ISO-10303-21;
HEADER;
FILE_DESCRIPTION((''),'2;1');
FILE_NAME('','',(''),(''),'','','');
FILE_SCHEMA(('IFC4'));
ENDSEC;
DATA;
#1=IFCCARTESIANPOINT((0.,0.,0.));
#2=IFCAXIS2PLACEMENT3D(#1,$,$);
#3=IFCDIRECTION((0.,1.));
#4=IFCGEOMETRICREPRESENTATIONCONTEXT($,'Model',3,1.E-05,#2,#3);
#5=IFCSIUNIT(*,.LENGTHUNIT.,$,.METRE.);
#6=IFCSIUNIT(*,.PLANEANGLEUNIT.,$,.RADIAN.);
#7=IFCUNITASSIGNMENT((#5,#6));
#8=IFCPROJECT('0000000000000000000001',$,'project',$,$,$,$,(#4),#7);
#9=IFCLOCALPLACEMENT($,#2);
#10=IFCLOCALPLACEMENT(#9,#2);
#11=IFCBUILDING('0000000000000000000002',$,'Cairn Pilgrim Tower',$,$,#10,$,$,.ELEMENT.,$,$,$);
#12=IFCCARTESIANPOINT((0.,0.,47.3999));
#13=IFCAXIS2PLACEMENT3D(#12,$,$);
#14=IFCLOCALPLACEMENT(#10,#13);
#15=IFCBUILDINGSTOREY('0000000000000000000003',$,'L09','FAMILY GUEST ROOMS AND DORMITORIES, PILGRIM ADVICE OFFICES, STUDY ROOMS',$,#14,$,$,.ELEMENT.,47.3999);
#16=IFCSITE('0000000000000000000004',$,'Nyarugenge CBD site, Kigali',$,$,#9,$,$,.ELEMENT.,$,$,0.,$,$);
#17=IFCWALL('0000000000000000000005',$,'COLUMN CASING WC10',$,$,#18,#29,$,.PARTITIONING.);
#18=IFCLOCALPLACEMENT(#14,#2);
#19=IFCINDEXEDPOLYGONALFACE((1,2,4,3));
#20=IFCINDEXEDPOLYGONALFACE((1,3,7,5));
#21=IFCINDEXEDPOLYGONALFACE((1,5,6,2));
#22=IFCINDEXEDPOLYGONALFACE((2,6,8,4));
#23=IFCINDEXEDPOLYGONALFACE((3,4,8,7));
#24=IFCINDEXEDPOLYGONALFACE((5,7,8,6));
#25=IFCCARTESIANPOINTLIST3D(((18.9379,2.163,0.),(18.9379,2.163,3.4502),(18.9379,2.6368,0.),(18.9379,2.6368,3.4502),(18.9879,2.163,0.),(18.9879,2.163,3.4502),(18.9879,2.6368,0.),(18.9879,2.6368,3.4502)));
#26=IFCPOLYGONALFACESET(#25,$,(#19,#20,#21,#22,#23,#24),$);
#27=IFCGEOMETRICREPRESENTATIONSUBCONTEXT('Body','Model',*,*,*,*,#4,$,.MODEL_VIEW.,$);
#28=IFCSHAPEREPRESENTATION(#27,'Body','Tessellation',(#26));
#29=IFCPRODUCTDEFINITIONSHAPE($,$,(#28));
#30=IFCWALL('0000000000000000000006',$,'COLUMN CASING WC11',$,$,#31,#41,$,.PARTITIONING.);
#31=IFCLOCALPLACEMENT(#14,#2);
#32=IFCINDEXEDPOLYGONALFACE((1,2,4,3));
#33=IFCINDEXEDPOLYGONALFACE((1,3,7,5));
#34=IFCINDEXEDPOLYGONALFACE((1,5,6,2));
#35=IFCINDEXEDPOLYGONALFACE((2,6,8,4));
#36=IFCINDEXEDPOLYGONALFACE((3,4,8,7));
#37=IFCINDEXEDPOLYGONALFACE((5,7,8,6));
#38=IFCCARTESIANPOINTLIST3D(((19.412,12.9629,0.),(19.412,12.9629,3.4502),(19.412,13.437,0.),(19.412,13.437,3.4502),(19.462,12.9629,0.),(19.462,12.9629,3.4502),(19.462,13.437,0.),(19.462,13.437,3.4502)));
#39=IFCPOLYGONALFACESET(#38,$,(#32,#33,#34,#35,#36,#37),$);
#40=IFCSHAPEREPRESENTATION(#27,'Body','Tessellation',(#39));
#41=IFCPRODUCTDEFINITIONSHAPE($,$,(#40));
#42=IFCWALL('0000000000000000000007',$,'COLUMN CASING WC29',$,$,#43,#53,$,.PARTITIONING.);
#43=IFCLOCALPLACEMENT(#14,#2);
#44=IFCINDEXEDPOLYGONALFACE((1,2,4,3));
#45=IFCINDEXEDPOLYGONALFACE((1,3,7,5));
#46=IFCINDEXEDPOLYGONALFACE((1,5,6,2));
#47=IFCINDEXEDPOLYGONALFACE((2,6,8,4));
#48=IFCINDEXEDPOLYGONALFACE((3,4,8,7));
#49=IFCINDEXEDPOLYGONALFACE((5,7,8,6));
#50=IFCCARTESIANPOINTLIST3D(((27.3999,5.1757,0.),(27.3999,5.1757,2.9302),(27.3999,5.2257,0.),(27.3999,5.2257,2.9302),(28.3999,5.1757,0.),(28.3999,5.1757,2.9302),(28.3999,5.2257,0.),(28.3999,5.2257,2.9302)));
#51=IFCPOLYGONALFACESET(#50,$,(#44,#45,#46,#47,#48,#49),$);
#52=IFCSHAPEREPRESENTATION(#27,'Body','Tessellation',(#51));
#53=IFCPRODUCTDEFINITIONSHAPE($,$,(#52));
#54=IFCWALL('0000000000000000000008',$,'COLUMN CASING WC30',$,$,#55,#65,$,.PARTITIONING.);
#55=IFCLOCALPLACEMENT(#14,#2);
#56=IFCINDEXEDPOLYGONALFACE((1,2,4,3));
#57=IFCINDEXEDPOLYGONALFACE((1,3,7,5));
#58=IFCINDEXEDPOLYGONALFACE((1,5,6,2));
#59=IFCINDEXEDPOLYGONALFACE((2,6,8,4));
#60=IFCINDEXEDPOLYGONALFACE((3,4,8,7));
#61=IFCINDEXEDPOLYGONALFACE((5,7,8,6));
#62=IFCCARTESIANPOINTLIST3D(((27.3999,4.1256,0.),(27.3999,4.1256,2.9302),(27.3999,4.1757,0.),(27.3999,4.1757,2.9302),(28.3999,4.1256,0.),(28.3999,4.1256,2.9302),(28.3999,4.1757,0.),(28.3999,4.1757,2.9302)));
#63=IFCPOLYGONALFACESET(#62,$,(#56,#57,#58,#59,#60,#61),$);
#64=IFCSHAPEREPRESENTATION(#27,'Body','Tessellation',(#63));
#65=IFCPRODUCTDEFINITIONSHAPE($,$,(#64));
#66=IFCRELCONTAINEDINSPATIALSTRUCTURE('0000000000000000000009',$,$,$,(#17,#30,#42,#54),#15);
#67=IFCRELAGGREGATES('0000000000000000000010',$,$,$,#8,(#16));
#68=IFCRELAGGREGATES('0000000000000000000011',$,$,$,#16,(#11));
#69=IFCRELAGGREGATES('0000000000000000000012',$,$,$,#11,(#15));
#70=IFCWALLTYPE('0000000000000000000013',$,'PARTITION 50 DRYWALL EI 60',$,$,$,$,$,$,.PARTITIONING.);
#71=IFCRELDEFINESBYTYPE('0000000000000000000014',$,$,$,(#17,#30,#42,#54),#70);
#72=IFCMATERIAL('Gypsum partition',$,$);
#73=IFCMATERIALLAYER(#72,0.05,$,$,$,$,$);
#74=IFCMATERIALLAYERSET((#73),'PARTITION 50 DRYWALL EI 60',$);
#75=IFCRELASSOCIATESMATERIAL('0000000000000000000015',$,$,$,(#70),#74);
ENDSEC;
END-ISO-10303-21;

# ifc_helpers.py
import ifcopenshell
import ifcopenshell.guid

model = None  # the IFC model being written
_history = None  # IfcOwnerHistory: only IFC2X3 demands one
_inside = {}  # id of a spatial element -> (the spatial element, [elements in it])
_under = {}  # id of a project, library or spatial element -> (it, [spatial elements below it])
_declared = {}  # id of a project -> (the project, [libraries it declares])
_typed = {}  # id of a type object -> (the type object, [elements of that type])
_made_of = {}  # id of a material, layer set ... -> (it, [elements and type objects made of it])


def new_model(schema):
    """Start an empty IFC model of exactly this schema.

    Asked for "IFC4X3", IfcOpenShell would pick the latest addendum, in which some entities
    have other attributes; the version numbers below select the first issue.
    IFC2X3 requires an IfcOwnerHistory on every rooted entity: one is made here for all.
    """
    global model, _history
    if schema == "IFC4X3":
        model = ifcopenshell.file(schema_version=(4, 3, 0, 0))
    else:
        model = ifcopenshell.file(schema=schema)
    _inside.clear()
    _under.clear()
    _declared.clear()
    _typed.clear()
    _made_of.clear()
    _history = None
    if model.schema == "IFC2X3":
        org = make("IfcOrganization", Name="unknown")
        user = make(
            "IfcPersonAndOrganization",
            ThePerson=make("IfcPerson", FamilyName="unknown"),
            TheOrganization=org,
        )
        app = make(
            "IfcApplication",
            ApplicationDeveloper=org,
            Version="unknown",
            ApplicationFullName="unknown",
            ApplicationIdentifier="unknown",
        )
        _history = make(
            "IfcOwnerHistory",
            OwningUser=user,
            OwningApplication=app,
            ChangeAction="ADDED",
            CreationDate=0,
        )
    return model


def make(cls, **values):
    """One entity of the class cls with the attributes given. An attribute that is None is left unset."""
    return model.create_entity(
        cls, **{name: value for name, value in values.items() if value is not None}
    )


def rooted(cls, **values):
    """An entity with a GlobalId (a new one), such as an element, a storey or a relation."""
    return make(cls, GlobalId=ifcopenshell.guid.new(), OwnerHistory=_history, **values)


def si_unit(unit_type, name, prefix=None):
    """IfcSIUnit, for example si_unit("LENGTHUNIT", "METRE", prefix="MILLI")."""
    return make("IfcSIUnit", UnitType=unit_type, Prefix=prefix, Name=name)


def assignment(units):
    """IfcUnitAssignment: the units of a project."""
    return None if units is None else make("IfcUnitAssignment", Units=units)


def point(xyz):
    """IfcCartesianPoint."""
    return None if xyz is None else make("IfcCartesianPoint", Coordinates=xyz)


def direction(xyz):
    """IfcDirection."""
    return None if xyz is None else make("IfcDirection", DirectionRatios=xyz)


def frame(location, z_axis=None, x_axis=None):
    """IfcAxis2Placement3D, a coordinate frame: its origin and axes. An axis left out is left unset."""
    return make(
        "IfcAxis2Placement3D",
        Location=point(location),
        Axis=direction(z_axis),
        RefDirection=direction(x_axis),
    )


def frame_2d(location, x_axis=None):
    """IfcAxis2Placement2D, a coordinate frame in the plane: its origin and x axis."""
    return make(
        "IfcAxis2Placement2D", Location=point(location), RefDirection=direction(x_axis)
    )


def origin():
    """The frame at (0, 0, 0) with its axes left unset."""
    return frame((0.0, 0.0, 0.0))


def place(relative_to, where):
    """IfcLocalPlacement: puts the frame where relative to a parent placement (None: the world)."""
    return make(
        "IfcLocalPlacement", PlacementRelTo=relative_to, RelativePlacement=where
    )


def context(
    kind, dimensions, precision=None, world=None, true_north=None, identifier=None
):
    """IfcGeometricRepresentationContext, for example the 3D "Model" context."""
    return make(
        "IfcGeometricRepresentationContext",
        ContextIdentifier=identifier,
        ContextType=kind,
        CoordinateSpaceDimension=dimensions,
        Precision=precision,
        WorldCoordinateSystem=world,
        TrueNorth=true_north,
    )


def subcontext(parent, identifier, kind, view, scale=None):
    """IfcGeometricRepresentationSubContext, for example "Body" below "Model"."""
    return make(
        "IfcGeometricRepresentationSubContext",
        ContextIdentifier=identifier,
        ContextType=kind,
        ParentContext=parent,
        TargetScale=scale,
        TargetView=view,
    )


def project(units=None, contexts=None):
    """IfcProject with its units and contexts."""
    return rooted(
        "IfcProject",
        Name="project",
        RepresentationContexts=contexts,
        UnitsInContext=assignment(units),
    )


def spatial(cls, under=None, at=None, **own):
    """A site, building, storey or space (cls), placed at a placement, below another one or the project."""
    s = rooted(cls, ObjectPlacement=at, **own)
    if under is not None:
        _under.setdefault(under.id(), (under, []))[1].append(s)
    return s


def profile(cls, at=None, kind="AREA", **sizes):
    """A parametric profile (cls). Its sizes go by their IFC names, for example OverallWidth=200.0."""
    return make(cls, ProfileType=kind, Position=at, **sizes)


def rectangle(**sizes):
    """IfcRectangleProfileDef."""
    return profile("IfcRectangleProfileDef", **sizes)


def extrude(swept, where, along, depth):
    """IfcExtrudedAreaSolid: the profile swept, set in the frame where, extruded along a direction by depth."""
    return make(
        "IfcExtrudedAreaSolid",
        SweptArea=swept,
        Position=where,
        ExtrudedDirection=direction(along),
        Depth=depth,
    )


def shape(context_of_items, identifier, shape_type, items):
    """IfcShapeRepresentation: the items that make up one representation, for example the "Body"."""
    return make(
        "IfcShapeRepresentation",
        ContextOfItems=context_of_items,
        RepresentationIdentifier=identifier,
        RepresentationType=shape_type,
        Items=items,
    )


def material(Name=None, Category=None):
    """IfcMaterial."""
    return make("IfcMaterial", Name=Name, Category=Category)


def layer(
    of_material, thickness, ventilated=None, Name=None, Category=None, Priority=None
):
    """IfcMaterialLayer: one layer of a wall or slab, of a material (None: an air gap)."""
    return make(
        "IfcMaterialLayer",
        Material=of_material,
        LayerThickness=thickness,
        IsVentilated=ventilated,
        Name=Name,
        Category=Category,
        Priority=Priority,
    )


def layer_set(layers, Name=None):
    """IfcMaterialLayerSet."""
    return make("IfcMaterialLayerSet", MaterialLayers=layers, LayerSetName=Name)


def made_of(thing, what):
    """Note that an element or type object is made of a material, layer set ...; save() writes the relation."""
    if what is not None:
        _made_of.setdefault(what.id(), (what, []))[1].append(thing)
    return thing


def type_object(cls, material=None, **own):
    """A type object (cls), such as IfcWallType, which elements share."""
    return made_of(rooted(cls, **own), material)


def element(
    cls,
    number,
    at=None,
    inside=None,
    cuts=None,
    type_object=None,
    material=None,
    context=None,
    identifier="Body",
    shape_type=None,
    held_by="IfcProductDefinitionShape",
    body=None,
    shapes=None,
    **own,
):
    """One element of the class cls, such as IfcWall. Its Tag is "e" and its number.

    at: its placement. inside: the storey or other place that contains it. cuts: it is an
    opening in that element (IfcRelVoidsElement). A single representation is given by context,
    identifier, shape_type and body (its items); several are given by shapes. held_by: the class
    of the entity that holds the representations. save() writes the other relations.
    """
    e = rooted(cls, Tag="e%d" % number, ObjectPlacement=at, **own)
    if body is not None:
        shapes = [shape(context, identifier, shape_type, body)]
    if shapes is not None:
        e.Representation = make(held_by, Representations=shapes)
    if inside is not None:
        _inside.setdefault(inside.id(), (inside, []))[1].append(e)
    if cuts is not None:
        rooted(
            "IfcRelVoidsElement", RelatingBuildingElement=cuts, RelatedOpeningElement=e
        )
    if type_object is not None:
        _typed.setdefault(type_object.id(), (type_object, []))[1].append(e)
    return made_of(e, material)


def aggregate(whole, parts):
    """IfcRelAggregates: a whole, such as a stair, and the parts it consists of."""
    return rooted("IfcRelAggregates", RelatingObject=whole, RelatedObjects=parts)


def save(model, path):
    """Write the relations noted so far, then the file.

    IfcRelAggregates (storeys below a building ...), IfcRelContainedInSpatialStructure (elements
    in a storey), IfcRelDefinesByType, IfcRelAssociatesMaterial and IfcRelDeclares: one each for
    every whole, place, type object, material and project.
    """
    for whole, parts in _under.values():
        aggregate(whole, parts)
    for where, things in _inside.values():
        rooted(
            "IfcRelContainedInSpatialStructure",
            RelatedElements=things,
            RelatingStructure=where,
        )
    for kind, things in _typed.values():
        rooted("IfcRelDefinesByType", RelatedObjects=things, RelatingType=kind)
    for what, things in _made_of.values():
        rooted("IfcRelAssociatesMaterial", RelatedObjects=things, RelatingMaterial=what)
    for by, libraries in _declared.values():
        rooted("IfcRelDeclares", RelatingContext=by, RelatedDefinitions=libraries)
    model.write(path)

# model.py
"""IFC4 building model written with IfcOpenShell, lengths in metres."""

from ifc_helpers import new_model, si_unit, direction, frame, frame_2d, origin, place, context, subcontext, project, spatial, rectangle, extrude, material, layer, layer_set, type_object, element, save


model = new_model("IFC4")

# Units and contexts
model_context = context("Model", 3, precision=1e-05, world=origin(), true_north=direction((0.0, 1.0)))
body_context = subcontext(model_context, "Body", "Model", "MODEL_VIEW")
ifc_project = project(units=[si_unit("LENGTHUNIT", "METRE"), si_unit("PLANEANGLEUNIT", "RADIAN")], contexts=[model_context])

# Site, building, storey
site_placement = place(None, origin())
site = spatial("IfcSite", under=ifc_project, at=site_placement, Name="Nyarugenge CBD site, Kigali", CompositionType="ELEMENT", RefElevation=0.0)
building_placement = place(site_placement, origin())
building = spatial("IfcBuilding", under=site, at=building_placement, Name="Cairn Pilgrim Tower", CompositionType="ELEMENT")
storey_placement = place(building_placement, frame((0.0, 0.0, 47.3999)))
storey = spatial("IfcBuildingStorey", under=building, at=storey_placement, Name="L09", Description="FAMILY GUEST ROOMS AND DORMITORIES, PILGRIM ADVICE OFFICES, STUDY ROOMS", CompositionType="ELEMENT", Elevation=47.3999)

# Shared definitions
ifc_material_1 = material(Name="Gypsum partition")

# Walls
ifc_layer_1 = layer(ifc_material_1, 0.05)
ifc_layer_set_1 = layer_set([ifc_layer_1], Name="PARTITION 50 DRYWALL EI 60")
wall_type_1 = type_object("IfcWallType", Name="PARTITION 50 DRYWALL EI 60", PredefinedType="PARTITIONING", material=ifc_layer_set_1)
wall_1_placement = place(storey_placement, frame((18.9629, 2.1631, 0.0), z_axis=(0.0, 0.0, 1.0), x_axis=(0.0, 1.0, 0.0)))
element("IfcWall", 1, at=wall_1_placement, inside=storey, type_object=wall_type_1, Name="COLUMN CASING WC10", PredefinedType="PARTITIONING", context=body_context, shape_type="SweptSolid", body=[
    extrude(rectangle(XDim=0.4739, YDim=0.05, at=frame_2d((0.2368, 0.0))), origin(), (0.0, 0.0, 1.0), 3.4502),
])
wall_2_placement = place(storey_placement, frame((19.437, 12.9629, 0.0), z_axis=(0.0, 0.0, 1.0), x_axis=(0.0, 1.0, 0.0)))
element("IfcWall", 2, at=wall_2_placement, inside=storey, type_object=wall_type_1, Name="COLUMN CASING WC11", PredefinedType="PARTITIONING", context=body_context, shape_type="SweptSolid", body=[
    extrude(rectangle(XDim=0.4741, YDim=0.05, at=frame_2d((0.2371, 0.0))), origin(), (0.0, 0.0, 1.0), 3.4502),
])
for number, where, z_axis, x_axis, name in (
    (3, (27.3999, 5.2007, 0.0), (0.0, 0.0, 1.0), (1.0, 0.0, 0.0), "COLUMN CASING WC29"),
    (4, (27.3999, 4.1506, 0.0), (0.0, 0.0, 1.0), (1.0, 0.0, 0.0), "COLUMN CASING WC30"),
):
    element("IfcWall", number, at=place(storey_placement, frame(where, z_axis=z_axis, x_axis=x_axis)), inside=storey, type_object=wall_type_1, Name=name, PredefinedType="PARTITIONING", context=body_context, shape_type="SweptSolid", body=[
        extrude(rectangle(XDim=1.0, YDim=0.05, at=frame_2d((0.5, 0.0))), origin(), (0.0, 0.0, 1.0), 2.9302),
    ])

save(model, "model.ifc")
